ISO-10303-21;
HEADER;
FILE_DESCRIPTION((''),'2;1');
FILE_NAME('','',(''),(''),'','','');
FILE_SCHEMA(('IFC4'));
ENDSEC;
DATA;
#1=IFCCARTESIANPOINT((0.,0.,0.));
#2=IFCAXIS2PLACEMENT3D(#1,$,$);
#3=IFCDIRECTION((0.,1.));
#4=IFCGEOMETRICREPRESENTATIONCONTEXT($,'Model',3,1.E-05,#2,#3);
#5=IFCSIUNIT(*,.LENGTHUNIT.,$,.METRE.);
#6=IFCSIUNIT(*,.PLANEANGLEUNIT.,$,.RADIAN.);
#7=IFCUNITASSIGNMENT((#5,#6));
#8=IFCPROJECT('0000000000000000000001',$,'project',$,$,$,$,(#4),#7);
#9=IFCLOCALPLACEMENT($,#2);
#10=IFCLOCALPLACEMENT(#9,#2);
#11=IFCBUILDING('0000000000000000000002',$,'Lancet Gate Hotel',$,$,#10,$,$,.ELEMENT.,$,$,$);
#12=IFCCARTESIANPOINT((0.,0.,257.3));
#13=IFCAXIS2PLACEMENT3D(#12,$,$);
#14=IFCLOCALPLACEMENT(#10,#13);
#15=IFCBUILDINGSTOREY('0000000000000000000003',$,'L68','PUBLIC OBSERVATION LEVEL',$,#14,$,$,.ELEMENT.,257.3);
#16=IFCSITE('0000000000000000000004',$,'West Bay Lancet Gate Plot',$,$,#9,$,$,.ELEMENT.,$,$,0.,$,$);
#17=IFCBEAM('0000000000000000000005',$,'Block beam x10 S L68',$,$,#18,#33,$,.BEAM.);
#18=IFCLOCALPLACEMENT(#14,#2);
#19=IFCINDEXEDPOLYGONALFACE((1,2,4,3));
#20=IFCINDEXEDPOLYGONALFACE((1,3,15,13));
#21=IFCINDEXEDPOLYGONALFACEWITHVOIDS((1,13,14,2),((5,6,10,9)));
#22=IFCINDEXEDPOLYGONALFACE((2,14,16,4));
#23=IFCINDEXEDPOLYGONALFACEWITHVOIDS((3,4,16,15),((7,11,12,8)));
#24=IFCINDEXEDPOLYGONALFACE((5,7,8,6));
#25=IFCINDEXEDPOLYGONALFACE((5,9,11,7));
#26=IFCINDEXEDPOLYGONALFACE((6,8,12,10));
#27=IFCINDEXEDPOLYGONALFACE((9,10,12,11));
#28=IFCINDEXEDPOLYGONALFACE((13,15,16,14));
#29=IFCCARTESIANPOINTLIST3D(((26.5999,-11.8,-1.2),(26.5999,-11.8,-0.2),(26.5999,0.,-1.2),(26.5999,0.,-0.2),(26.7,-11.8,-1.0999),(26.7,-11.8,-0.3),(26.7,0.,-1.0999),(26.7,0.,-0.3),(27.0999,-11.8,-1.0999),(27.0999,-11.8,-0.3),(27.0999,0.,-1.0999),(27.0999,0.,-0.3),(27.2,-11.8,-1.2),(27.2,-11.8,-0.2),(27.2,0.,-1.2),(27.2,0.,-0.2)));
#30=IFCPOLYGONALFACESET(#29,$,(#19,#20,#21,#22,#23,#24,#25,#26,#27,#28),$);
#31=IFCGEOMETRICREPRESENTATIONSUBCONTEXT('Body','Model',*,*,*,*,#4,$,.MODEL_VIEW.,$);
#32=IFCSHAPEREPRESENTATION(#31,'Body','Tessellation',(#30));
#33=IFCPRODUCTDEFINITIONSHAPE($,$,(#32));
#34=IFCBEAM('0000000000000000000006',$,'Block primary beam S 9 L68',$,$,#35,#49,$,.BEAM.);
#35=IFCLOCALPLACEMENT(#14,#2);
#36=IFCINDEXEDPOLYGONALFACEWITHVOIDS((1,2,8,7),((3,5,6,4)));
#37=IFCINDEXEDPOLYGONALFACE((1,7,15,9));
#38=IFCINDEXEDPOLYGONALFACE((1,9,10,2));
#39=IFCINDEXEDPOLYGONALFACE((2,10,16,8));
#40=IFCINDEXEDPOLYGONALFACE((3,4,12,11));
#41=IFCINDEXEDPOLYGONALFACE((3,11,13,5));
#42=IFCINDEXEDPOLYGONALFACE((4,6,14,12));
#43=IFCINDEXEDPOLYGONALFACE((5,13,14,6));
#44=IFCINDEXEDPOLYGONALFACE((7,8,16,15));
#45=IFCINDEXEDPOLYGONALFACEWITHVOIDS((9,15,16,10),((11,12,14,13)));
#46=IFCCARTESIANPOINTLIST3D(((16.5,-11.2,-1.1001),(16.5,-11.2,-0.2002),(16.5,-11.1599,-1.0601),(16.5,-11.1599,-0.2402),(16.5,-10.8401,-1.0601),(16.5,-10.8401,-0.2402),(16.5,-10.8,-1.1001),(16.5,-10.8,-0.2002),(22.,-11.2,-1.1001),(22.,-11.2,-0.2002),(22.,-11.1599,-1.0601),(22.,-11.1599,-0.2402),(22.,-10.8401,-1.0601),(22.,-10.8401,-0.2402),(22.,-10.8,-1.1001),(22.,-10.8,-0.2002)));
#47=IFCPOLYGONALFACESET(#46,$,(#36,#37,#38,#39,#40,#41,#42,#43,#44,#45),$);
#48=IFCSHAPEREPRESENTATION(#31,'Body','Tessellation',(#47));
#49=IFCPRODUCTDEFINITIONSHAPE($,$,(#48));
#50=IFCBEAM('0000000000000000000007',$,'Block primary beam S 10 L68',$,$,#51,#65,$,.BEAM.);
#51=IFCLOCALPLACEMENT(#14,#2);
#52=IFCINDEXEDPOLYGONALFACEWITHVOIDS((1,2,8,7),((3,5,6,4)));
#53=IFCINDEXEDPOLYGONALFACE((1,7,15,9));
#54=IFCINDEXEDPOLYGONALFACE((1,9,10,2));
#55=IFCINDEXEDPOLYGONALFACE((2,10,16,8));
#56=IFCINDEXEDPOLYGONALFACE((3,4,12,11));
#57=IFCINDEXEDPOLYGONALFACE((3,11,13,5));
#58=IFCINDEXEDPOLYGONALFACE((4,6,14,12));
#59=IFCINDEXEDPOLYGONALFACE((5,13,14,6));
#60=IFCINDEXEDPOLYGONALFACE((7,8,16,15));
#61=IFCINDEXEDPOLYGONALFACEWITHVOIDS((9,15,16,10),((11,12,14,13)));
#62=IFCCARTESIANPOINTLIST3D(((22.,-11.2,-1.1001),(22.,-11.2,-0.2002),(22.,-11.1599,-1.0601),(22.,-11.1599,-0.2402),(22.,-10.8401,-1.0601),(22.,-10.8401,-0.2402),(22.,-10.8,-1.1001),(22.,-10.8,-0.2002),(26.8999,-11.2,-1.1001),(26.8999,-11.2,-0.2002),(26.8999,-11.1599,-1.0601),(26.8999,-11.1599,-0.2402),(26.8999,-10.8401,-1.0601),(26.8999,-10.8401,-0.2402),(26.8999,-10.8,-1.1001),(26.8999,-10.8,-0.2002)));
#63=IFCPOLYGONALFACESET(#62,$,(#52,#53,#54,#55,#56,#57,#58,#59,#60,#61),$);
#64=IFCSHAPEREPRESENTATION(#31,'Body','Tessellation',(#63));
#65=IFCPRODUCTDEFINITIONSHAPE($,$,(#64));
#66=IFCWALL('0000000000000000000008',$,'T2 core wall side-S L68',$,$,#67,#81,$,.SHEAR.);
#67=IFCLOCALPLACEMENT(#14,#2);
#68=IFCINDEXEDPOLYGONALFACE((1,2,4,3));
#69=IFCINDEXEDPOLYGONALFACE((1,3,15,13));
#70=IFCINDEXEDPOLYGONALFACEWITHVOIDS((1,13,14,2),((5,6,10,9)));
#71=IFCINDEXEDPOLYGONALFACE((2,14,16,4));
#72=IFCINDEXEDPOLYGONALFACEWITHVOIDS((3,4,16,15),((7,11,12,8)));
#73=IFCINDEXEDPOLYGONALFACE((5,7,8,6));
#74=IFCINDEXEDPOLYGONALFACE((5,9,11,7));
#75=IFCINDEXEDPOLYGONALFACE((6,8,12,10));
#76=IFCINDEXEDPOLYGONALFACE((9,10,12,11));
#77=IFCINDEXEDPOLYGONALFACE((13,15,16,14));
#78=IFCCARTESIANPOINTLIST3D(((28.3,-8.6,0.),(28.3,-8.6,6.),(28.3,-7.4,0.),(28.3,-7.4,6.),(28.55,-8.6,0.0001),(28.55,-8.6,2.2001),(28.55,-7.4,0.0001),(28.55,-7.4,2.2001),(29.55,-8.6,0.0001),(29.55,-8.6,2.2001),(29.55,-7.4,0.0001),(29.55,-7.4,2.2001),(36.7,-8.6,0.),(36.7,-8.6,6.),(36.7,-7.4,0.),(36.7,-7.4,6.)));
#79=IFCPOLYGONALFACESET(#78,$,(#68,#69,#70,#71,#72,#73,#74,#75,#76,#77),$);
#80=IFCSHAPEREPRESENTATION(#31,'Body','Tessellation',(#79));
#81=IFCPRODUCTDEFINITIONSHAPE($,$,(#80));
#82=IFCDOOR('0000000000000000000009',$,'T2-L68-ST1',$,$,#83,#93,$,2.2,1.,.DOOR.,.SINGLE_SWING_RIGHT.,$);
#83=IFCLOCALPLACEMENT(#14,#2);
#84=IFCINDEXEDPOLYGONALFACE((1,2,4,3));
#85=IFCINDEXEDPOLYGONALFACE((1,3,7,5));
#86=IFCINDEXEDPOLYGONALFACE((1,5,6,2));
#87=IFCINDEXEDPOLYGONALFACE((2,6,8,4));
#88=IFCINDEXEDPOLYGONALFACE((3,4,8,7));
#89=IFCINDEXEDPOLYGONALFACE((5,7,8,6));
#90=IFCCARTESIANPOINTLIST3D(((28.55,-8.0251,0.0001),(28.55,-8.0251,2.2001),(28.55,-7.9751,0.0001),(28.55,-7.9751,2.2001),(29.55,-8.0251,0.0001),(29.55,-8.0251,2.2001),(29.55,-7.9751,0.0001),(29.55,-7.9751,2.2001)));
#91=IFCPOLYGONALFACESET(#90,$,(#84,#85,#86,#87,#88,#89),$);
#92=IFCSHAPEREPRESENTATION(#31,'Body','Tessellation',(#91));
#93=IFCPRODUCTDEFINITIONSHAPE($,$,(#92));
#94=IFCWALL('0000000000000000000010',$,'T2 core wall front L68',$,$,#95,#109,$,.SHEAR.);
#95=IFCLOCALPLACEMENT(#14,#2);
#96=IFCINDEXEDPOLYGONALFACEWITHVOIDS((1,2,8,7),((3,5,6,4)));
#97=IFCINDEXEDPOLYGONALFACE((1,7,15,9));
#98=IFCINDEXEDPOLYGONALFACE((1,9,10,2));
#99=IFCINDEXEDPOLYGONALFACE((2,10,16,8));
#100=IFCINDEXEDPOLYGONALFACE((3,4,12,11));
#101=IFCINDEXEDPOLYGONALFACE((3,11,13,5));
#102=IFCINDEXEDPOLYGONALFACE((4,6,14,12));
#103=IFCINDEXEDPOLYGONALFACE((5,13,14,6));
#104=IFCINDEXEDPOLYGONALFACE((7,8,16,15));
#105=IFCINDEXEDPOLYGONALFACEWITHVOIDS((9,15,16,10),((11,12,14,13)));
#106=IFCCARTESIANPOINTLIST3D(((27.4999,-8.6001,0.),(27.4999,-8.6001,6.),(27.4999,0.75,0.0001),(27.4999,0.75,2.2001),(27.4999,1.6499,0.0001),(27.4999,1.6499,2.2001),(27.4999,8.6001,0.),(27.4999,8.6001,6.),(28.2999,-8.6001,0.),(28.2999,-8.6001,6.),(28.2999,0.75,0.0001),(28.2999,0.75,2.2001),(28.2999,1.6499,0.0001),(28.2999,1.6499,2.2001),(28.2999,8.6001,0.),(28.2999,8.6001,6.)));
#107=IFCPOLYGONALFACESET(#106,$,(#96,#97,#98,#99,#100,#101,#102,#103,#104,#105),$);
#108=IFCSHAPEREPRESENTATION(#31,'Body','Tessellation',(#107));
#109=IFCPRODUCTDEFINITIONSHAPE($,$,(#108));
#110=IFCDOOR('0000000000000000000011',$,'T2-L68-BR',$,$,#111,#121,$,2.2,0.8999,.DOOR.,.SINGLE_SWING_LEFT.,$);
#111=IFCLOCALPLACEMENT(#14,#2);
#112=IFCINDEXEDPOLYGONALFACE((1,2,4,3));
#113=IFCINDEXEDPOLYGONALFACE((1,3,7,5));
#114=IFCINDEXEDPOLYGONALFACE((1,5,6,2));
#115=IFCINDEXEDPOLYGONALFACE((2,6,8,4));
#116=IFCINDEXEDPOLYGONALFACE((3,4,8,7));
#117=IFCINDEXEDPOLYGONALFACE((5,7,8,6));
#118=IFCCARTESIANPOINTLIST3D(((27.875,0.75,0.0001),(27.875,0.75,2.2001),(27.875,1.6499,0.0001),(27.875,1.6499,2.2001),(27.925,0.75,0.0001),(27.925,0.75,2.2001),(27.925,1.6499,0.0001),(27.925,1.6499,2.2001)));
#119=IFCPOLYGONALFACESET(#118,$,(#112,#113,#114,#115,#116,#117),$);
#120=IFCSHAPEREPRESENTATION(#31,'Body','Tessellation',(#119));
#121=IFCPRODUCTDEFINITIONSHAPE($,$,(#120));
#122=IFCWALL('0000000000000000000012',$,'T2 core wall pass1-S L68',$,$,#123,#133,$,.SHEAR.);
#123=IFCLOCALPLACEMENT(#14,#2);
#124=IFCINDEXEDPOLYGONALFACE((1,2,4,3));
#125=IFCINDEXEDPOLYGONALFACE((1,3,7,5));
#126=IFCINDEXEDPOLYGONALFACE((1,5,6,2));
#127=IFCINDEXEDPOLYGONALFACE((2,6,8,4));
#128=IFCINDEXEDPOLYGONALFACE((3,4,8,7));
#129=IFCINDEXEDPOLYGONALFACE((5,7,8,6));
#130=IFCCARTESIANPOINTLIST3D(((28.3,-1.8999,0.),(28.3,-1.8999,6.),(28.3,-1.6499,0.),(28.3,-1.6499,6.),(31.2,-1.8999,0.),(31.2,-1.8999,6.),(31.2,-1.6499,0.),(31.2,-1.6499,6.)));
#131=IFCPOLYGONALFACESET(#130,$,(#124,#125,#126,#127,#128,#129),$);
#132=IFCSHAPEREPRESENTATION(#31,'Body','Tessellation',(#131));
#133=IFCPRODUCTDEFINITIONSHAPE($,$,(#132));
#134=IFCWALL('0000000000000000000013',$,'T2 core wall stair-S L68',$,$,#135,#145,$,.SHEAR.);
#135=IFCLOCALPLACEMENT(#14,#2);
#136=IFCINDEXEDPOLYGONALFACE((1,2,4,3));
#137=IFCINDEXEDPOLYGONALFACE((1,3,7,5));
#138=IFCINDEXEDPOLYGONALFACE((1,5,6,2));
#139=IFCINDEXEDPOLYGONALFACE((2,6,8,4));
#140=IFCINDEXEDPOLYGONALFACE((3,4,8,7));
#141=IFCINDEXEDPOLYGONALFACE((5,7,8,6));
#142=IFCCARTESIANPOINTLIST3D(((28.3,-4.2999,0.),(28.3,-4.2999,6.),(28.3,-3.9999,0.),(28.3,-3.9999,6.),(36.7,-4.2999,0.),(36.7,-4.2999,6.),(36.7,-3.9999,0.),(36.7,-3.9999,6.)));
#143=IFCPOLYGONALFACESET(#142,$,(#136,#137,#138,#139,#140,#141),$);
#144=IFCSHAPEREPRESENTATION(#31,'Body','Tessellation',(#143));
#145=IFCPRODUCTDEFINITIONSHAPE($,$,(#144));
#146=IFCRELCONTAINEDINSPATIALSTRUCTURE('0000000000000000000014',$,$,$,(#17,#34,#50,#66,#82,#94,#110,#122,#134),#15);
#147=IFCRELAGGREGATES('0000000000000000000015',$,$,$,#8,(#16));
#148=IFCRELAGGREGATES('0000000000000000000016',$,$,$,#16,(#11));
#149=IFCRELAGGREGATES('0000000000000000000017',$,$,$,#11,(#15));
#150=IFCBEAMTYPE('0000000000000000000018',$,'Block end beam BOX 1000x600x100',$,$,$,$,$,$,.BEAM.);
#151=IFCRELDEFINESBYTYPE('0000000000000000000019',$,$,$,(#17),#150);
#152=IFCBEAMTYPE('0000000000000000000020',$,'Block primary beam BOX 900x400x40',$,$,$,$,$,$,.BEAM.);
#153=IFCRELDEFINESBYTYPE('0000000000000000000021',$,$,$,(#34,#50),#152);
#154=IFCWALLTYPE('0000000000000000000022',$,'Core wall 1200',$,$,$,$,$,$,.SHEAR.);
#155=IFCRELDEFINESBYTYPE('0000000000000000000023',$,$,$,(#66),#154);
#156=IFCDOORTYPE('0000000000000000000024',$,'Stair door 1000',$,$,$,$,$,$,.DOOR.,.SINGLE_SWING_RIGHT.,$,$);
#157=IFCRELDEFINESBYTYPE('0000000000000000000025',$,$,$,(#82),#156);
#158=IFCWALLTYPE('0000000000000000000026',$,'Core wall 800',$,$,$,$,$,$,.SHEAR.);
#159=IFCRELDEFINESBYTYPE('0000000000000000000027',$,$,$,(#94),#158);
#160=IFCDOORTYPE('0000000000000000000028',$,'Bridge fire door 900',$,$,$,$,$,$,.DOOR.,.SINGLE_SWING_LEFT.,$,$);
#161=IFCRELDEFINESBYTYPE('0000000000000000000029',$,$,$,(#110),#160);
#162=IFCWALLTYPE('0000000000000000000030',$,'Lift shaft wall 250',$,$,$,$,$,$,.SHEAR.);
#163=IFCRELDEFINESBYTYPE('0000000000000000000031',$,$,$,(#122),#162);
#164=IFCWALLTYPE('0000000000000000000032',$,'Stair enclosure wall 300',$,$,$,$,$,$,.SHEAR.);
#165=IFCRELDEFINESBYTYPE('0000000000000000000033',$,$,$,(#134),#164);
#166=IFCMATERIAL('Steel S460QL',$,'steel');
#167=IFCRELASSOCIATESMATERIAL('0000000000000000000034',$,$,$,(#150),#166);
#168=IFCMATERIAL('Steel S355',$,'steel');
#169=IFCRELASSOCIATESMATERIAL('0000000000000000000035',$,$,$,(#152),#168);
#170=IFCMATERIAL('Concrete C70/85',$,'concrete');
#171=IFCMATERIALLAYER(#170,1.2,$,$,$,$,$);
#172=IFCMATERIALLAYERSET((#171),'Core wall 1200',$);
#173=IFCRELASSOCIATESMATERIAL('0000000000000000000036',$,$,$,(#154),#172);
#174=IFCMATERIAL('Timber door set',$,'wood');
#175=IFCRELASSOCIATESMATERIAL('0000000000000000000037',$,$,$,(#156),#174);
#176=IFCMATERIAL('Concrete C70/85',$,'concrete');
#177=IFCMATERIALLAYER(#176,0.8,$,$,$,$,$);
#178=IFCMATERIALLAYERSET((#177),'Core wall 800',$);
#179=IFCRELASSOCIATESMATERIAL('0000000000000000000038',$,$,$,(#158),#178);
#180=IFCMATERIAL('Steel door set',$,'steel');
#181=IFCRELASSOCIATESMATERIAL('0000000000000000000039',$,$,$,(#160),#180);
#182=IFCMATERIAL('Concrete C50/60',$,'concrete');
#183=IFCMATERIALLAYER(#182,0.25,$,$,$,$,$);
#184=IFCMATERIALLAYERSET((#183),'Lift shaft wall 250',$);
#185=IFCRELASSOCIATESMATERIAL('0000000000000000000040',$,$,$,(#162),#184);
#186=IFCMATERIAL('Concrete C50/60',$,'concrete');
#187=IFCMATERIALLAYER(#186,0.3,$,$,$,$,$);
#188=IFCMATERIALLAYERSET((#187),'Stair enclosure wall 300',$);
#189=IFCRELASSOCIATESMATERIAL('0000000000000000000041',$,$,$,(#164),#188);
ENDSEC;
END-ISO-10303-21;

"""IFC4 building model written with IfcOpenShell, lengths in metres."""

from ifc_helpers import new_model, si_unit, direction, frame, frame_2d, origin, origin_2d, place, context, subcontext, project, spatial, rectangle, hollow_rectangle, extrude, material, layer, layer_set, material_profile, profile_set, type_object, element, fill, save


model = new_model("IFC4")

# Units and contexts
model_context = context("Model", 3, precision=1e-05, world=origin(), true_north=direction((0.0, 1.0)))
body_context = subcontext(model_context, "Body", "Model", "MODEL_VIEW")
ifc_project = project(units=[si_unit("LENGTHUNIT", "METRE"), si_unit("PLANEANGLEUNIT", "RADIAN")], contexts=[model_context])

# Site, building, storey
site_placement = place(None, origin())
site = spatial("IfcSite", under=ifc_project, at=site_placement, Name="West Bay Lancet Gate Plot", CompositionType="ELEMENT", RefElevation=0.0)
building_placement = place(site_placement, origin())
building = spatial("IfcBuilding", under=site, at=building_placement, Name="Lancet Gate Hotel", CompositionType="ELEMENT")
storey_placement = place(building_placement, frame((0.0, 0.0, 257.3)))
storey = spatial("IfcBuildingStorey", under=building, at=storey_placement, Name="L68", Description="PUBLIC OBSERVATION LEVEL", CompositionType="ELEMENT", Elevation=257.3)

# Beams
ifc_material_1 = material(Name="Steel S460QL", Category="steel")
ifc_material_profile_1 = material_profile(ifc_material_1, hollow_rectangle(XDim=0.6001, YDim=1.0, WallThickness=0.1001, at=origin_2d()), Name="BOX 1000x600x100")
ifc_profile_set_1 = profile_set([ifc_material_profile_1], Name="Steel S460QL")
beam_type_1 = type_object("IfcBeamType", Name="Block end beam BOX 1000x600x100", PredefinedType="BEAM", material=ifc_profile_set_1)
beam_1_placement = place(storey_placement, frame((26.8999, -11.8, -0.7), z_axis=(0.0, 1.0, 0.0), x_axis=(-1.0, 0.0, 0.0)))
element("IfcBeam", 1, at=beam_1_placement, inside=storey, type_object=beam_type_1, Name="Block beam x10 S L68", PredefinedType="BEAM", context=body_context, shape_type="SweptSolid", body=[
    extrude(hollow_rectangle(XDim=0.6001, YDim=1.0, WallThickness=0.1001, at=origin_2d()), origin(), (0.0, 0.0, 1.0), 11.8),
])
ifc_material_2 = material(Name="Steel S355", Category="steel")
ifc_material_profile_2 = material_profile(ifc_material_2, hollow_rectangle(XDim=0.3999, YDim=0.8999, WallThickness=0.04, at=origin_2d()), Name="BOX 900x400x40")
ifc_profile_set_2 = profile_set([ifc_material_profile_2], Name="Steel S355")
beam_type_2 = type_object("IfcBeamType", Name="Block primary beam BOX 900x400x40", PredefinedType="BEAM", material=ifc_profile_set_2)
beam_2_placement = place(storey_placement, frame((16.5, -11.0, -0.6501), z_axis=(1.0, 0.0, 0.0), x_axis=(0.0, 1.0, 0.0)))
element("IfcBeam", 2, at=beam_2_placement, inside=storey, type_object=beam_type_2, Name="Block primary beam S 9 L68", PredefinedType="BEAM", context=body_context, shape_type="SweptSolid", body=[
    extrude(hollow_rectangle(XDim=0.3999, YDim=0.8999, WallThickness=0.04, at=origin_2d()), origin(), (0.0, 0.0, 1.0), 5.5),
])
beam_3_placement = place(storey_placement, frame((22.0, -11.0, -0.6501), z_axis=(1.0, 0.0, 0.0), x_axis=(0.0, 1.0, 0.0)))
element("IfcBeam", 3, at=beam_3_placement, inside=storey, type_object=beam_type_2, Name="Block primary beam S 10 L68", PredefinedType="BEAM", context=body_context, shape_type="SweptSolid", body=[
    extrude(hollow_rectangle(XDim=0.3999, YDim=0.8999, WallThickness=0.04, at=origin_2d()), origin(), (0.0, 0.0, 1.0), 4.8999),
])

# Walls, openings, doors
ifc_material_3 = material(Name="Concrete C70/85", Category="concrete")
ifc_layer_1 = layer(ifc_material_3, 1.2)
ifc_layer_set_1 = layer_set([ifc_layer_1], Name="Core wall 1200")
wall_type_1 = type_object("IfcWallType", Name="Core wall 1200", PredefinedType="SHEAR", material=ifc_layer_set_1)
wall_1_placement = place(storey_placement, frame((28.3, -8.0, 0.0), z_axis=(0.0, 0.0, 1.0), x_axis=(1.0, 0.0, 0.0)))
wall_1 = element("IfcWall", 4, at=wall_1_placement, inside=storey, type_object=wall_type_1, Name="T2 core wall side-S L68", PredefinedType="SHEAR", context=body_context, shape_type="SweptSolid", body=[
    extrude(rectangle(XDim=8.3999, YDim=1.2, at=frame_2d((4.2, 0.0))), origin(), (0.0, 0.0, 1.0), 6.0),
])
opening_1_placement = place(wall_1_placement, frame((0.25, 0.0, 0.0)))
opening_1 = element("IfcOpeningElement", 5, at=opening_1_placement, cuts=wall_1, PredefinedType="OPENING", context=body_context, shape_type="SweptSolid", body=[
    extrude(rectangle(XDim=1.0, YDim=2.2, at=frame_2d((0.5, 1.1001))), frame((0.0, 0.6099, 0.0), z_axis=(0.0, -1.0, 0.0), x_axis=(1.0, 0.0, 0.0)), (0.0, 0.0, 1.0), 1.22),
])
ifc_material_4 = material(Name="Timber door set", Category="wood")
door_type_1 = type_object("IfcDoorType", Name="Stair door 1000", OperationType="SINGLE_SWING_RIGHT", PredefinedType="DOOR", material=ifc_material_4)
door_1_placement = place(opening_1_placement, origin())
door_1 = element("IfcDoor", 6, at=door_1_placement, inside=storey, type_object=door_type_1, Name="T2-L68-ST1", OperationType="SINGLE_SWING_RIGHT", OverallHeight=2.2, OverallWidth=1.0, PredefinedType="DOOR", context=body_context, shape_type="SweptSolid", body=[
    extrude(rectangle(XDim=1.0, YDim=2.2, at=frame_2d((0.5, 1.1001))), frame((0.0, 0.0249, 0.0), z_axis=(0.0, -1.0, 0.0), x_axis=(1.0, 0.0, 0.0)), (0.0, 0.0, 1.0), 0.05),
])
fill(opening_1, door_1)
ifc_material_5 = material(Name="Concrete C70/85", Category="concrete")
ifc_layer_2 = layer(ifc_material_5, 0.8)
ifc_layer_set_2 = layer_set([ifc_layer_2], Name="Core wall 800")
wall_type_2 = type_object("IfcWallType", Name="Core wall 800", PredefinedType="SHEAR", material=ifc_layer_set_2)
wall_2_placement = place(storey_placement, frame((27.8999, -8.6001, 0.0), z_axis=(0.0, 0.0, 1.0), x_axis=(0.0, 1.0, 0.0)))
wall_2 = element("IfcWall", 7, at=wall_2_placement, inside=storey, type_object=wall_type_2, Name="T2 core wall front L68", PredefinedType="SHEAR", context=body_context, shape_type="SweptSolid", body=[
    extrude(rectangle(XDim=17.2002, YDim=0.8, at=frame_2d((8.6001, 0.0))), origin(), (0.0, 0.0, 1.0), 6.0),
])
opening_2_placement = place(wall_2_placement, frame((9.3501, 0.0, 0.0)))
opening_2 = element("IfcOpeningElement", 8, at=opening_2_placement, cuts=wall_2, PredefinedType="OPENING", context=body_context, shape_type="SweptSolid", body=[
    extrude(rectangle(XDim=0.8999, YDim=2.2, at=frame_2d((0.45, 1.1001))), frame((0.0, 0.4099, 0.0), z_axis=(0.0, -1.0, 0.0), x_axis=(1.0, 0.0, 0.0)), (0.0, 0.0, 1.0), 0.8201),
])
ifc_material_6 = material(Name="Steel door set", Category="steel")
door_type_2 = type_object("IfcDoorType", Name="Bridge fire door 900", OperationType="SINGLE_SWING_LEFT", PredefinedType="DOOR", material=ifc_material_6)
door_2_placement = place(opening_2_placement, origin())
door_2 = element("IfcDoor", 9, at=door_2_placement, inside=storey, type_object=door_type_2, Name="T2-L68-BR", OperationType="SINGLE_SWING_LEFT", OverallHeight=2.2, OverallWidth=0.8999, PredefinedType="DOOR", context=body_context, shape_type="SweptSolid", body=[
    extrude(rectangle(XDim=0.8999, YDim=2.2, at=frame_2d((0.45, 1.1001))), frame((0.0, 0.0249, 0.0), z_axis=(0.0, -1.0, 0.0), x_axis=(1.0, 0.0, 0.0)), (0.0, 0.0, 1.0), 0.05),
])
fill(opening_2, door_2)

# Walls
ifc_material_7 = material(Name="Concrete C50/60", Category="concrete")
ifc_layer_3 = layer(ifc_material_7, 0.25)
ifc_layer_set_3 = layer_set([ifc_layer_3], Name="Lift shaft wall 250")
wall_type_3 = type_object("IfcWallType", Name="Lift shaft wall 250", PredefinedType="SHEAR", material=ifc_layer_set_3)
wall_3_placement = place(storey_placement, frame((28.3, -1.7749, 0.0), z_axis=(0.0, 0.0, 1.0), x_axis=(1.0, 0.0, 0.0)))
element("IfcWall", 10, at=wall_3_placement, inside=storey, type_object=wall_type_3, Name="T2 core wall pass1-S L68", PredefinedType="SHEAR", context=body_context, shape_type="SweptSolid", body=[
    extrude(rectangle(XDim=2.8999, YDim=0.25, at=frame_2d((1.45, 0.0))), origin(), (0.0, 0.0, 1.0), 6.0),
])
ifc_material_8 = material(Name="Concrete C50/60", Category="concrete")
ifc_layer_4 = layer(ifc_material_8, 0.3)
ifc_layer_set_4 = layer_set([ifc_layer_4], Name="Stair enclosure wall 300")
wall_type_4 = type_object("IfcWallType", Name="Stair enclosure wall 300", PredefinedType="SHEAR", material=ifc_layer_set_4)
wall_4_placement = place(storey_placement, frame((28.3, -4.1499, 0.0), z_axis=(0.0, 0.0, 1.0), x_axis=(1.0, 0.0, 0.0)))
element("IfcWall", 11, at=wall_4_placement, inside=storey, type_object=wall_type_4, Name="T2 core wall stair-S L68", PredefinedType="SHEAR", context=body_context, shape_type="SweptSolid", body=[
    extrude(rectangle(XDim=8.3999, YDim=0.3, at=frame_2d((4.2, 0.0))), origin(), (0.0, 0.0, 1.0), 6.0),
])

save(model, "model.ifc")
